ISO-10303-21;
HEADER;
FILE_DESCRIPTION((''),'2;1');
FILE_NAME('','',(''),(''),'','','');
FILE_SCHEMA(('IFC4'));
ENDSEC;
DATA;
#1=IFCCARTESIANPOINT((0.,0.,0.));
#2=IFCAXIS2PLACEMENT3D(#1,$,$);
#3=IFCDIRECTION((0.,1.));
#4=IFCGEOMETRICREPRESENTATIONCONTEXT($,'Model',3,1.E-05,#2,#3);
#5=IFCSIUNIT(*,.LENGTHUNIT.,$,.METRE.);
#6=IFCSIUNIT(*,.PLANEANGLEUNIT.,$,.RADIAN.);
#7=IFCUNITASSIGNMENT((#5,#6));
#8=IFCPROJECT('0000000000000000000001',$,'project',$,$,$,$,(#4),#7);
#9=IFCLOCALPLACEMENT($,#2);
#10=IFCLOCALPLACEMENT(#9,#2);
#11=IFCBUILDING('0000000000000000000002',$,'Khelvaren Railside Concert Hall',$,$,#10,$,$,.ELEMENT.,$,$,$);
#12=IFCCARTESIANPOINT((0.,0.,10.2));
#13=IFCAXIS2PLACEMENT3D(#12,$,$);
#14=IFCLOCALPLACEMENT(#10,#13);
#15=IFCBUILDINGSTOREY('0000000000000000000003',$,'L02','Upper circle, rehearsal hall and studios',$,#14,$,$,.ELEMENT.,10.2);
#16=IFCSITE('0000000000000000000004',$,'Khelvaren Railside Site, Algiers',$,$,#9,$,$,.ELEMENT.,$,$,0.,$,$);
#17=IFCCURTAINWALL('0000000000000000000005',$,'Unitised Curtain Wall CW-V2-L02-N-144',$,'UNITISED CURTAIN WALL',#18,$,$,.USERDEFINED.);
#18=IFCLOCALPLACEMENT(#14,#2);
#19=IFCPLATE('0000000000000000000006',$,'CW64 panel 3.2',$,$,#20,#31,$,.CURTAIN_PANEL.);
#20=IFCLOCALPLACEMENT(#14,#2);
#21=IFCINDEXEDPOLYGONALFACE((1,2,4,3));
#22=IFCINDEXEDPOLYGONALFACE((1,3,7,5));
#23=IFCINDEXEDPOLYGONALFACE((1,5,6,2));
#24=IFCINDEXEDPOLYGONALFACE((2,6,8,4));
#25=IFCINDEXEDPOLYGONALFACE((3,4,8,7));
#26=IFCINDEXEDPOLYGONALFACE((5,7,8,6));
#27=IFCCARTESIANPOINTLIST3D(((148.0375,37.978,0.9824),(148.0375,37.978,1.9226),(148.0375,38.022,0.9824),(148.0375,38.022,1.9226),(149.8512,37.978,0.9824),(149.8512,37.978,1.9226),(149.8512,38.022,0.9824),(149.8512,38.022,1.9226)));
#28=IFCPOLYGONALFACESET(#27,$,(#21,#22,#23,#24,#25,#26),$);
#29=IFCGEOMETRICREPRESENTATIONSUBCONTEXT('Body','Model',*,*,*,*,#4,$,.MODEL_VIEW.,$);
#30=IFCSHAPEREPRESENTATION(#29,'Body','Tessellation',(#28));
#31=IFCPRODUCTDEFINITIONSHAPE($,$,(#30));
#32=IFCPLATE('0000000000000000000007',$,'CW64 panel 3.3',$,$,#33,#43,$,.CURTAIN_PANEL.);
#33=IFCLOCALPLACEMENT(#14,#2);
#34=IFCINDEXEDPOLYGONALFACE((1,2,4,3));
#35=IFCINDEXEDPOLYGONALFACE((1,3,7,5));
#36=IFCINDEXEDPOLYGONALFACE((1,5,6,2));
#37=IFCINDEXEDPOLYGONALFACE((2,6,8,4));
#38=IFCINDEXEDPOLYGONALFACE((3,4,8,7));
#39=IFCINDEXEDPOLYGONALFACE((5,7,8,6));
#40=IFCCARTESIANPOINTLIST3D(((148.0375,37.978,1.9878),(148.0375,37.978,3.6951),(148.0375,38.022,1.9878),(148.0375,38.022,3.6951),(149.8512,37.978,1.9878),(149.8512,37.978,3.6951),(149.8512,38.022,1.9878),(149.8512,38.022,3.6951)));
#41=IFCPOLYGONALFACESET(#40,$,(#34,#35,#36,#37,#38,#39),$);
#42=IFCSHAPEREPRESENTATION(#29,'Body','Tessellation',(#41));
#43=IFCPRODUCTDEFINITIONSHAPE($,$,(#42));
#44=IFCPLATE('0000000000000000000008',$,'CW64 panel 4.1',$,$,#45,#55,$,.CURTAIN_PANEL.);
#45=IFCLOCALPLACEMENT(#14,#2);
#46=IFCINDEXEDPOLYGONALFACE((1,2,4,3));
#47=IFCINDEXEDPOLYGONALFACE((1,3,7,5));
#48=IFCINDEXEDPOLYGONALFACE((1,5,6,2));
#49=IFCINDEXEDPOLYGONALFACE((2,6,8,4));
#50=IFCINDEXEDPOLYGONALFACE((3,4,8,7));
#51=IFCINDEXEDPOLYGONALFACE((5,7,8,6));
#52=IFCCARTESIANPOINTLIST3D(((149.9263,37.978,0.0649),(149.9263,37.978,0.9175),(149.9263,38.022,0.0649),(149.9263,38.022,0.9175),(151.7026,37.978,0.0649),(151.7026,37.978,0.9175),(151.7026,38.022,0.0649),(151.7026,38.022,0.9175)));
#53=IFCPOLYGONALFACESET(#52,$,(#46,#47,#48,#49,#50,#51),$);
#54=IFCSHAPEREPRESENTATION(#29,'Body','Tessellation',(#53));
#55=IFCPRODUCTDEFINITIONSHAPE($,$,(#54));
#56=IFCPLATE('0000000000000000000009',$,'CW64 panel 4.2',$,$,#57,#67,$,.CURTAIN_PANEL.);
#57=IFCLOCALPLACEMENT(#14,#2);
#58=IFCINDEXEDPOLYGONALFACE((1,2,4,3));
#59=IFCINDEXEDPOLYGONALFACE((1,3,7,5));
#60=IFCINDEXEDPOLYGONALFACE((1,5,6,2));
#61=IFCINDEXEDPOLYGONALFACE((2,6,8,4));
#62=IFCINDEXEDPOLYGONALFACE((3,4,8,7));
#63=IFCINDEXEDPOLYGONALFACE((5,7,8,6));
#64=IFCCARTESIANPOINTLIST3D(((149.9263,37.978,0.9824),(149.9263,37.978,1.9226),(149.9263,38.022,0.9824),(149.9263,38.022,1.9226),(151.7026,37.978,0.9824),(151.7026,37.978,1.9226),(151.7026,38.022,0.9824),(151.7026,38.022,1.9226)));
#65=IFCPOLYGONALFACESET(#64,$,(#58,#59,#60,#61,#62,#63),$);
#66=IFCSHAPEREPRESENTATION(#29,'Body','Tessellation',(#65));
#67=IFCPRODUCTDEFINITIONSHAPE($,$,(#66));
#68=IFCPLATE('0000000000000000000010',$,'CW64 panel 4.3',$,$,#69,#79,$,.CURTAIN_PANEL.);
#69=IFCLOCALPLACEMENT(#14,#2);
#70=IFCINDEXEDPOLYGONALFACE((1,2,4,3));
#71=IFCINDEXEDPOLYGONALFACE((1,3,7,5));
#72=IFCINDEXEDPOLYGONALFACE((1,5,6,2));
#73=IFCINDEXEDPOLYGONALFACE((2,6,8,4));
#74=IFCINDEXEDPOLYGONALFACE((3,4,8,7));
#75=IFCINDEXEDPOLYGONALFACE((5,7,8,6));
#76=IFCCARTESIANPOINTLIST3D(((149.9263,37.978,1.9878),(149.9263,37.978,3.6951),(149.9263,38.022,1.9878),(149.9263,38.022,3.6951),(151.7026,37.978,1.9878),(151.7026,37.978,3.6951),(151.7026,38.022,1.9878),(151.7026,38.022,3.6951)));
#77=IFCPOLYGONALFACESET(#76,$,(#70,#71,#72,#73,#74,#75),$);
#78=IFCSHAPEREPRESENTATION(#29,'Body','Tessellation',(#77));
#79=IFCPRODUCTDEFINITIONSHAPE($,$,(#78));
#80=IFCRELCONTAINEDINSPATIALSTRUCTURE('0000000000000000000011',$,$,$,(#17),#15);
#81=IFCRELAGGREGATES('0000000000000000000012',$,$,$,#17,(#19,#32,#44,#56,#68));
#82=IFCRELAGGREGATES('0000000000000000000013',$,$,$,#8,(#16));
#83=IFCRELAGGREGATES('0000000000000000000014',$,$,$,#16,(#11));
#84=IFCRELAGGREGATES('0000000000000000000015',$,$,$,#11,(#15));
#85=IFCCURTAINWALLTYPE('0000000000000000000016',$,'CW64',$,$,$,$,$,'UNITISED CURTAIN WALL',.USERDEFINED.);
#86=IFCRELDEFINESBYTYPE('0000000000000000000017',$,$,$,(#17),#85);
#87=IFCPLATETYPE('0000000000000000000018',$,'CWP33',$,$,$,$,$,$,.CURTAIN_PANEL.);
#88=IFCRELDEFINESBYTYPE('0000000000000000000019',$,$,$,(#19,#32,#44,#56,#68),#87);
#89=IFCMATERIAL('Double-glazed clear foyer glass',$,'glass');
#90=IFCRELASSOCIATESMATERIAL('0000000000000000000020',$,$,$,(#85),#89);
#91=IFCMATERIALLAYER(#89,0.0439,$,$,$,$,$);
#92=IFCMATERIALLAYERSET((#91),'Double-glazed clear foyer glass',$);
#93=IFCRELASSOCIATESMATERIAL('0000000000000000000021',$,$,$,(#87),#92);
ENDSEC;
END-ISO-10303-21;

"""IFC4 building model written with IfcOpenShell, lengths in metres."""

from ifc_helpers import new_model, si_unit, direction, frame, origin, origin_2d, place, context, subcontext, project, spatial, rectangle, extrude, material, layer, layer_set, type_object, element, aggregate, save


model = new_model("IFC4")

# Units and contexts
model_context = context("Model", 3, precision=1e-05, world=origin(), true_north=direction((0.0, 1.0)))
body_context = subcontext(model_context, "Body", "Model", "MODEL_VIEW")
ifc_project = project(units=[si_unit("LENGTHUNIT", "METRE"), si_unit("PLANEANGLEUNIT", "RADIAN")], contexts=[model_context])

# Site, building, storey
site_placement = place(None, origin())
site = spatial("IfcSite", under=ifc_project, at=site_placement, Name="Khelvaren Railside Site, Algiers", CompositionType="ELEMENT", RefElevation=0.0)
building_placement = place(site_placement, origin())
building = spatial("IfcBuilding", under=site, at=building_placement, Name="Khelvaren Railside Concert Hall", CompositionType="ELEMENT")
storey_placement = place(building_placement, frame((0.0, 0.0, 10.2)))
storey = spatial("IfcBuildingStorey", under=building, at=storey_placement, Name="L02", Description="Upper circle, rehearsal hall and studios", CompositionType="ELEMENT", Elevation=10.2)

# Curtain wall, plates
ifc_material_1 = material(Name="Double-glazed clear foyer glass", Category="glass")
curtain_wall_type = type_object("IfcCurtainWallType", Name="CW64", ElementType="UNITISED CURTAIN WALL", PredefinedType="USERDEFINED", material=ifc_material_1)
curtain_wall_placement = place(storey_placement, origin())
curtain_wall = element("IfcCurtainWall", 1, at=curtain_wall_placement, inside=storey, type_object=curtain_wall_type, Name="Unitised Curtain Wall CW-V2-L02-N-144", ObjectType="UNITISED CURTAIN WALL", PredefinedType="USERDEFINED")
ifc_layer = layer(ifc_material_1, 0.0439)
ifc_layer_set = layer_set([ifc_layer], Name="Double-glazed clear foyer glass")
plate_type = type_object("IfcPlateType", Name="CWP33", PredefinedType="CURTAIN_PANEL", material=ifc_layer_set)
plate_1_placement = place(storey_placement, frame((148.9443, 38.0, 0.9824), z_axis=(0.0, 0.0, 1.0), x_axis=(1.0, 0.0, 0.0)))
plate_1 = element("IfcPlate", 2, at=plate_1_placement, type_object=plate_type, Name="CW64 panel 3.2", PredefinedType="CURTAIN_PANEL", context=body_context, shape_type="SweptSolid", body=[
    extrude(rectangle(XDim=1.8137, YDim=0.0439, at=origin_2d()), origin(), (0.0, 0.0, 1.0), 0.9402),
])
plate_2_placement = place(storey_placement, frame((148.9443, 38.0, 1.9878), z_axis=(0.0, 0.0, 1.0), x_axis=(1.0, 0.0, 0.0)))
plate_2 = element("IfcPlate", 3, at=plate_2_placement, type_object=plate_type, Name="CW64 panel 3.3", PredefinedType="CURTAIN_PANEL", context=body_context, shape_type="SweptSolid", body=[
    extrude(rectangle(XDim=1.8137, YDim=0.0439, at=origin_2d()), origin(), (0.0, 0.0, 1.0), 1.7073),
])
plate_3_placement = place(storey_placement, frame((150.8145, 38.0, 0.0649), z_axis=(0.0, 0.0, 1.0), x_axis=(1.0, 0.0, 0.0)))
plate_3 = element("IfcPlate", 4, at=plate_3_placement, type_object=plate_type, Name="CW64 panel 4.1", PredefinedType="CURTAIN_PANEL", context=body_context, shape_type="SweptSolid", body=[
    extrude(rectangle(XDim=1.7764, YDim=0.0439, at=origin_2d()), origin(), (0.0, 0.0, 1.0), 0.8525),
])
plate_4_placement = place(storey_placement, frame((150.8145, 38.0, 0.9824), z_axis=(0.0, 0.0, 1.0), x_axis=(1.0, 0.0, 0.0)))
plate_4 = element("IfcPlate", 5, at=plate_4_placement, type_object=plate_type, Name="CW64 panel 4.2", PredefinedType="CURTAIN_PANEL", context=body_context, shape_type="SweptSolid", body=[
    extrude(rectangle(XDim=1.7764, YDim=0.0439, at=origin_2d()), origin(), (0.0, 0.0, 1.0), 0.9402),
])
plate_5_placement = place(storey_placement, frame((150.8145, 38.0, 1.9878), z_axis=(0.0, 0.0, 1.0), x_axis=(1.0, 0.0, 0.0)))
plate_5 = element("IfcPlate", 6, at=plate_5_placement, type_object=plate_type, Name="CW64 panel 4.3", PredefinedType="CURTAIN_PANEL", context=body_context, shape_type="SweptSolid", body=[
    extrude(rectangle(XDim=1.7764, YDim=0.0439, at=origin_2d()), origin(), (0.0, 0.0, 1.0), 1.7073),
])
aggregate(curtain_wall, [plate_1, plate_2, plate_3, plate_4, plate_5])

save(model, "model.ifc")
